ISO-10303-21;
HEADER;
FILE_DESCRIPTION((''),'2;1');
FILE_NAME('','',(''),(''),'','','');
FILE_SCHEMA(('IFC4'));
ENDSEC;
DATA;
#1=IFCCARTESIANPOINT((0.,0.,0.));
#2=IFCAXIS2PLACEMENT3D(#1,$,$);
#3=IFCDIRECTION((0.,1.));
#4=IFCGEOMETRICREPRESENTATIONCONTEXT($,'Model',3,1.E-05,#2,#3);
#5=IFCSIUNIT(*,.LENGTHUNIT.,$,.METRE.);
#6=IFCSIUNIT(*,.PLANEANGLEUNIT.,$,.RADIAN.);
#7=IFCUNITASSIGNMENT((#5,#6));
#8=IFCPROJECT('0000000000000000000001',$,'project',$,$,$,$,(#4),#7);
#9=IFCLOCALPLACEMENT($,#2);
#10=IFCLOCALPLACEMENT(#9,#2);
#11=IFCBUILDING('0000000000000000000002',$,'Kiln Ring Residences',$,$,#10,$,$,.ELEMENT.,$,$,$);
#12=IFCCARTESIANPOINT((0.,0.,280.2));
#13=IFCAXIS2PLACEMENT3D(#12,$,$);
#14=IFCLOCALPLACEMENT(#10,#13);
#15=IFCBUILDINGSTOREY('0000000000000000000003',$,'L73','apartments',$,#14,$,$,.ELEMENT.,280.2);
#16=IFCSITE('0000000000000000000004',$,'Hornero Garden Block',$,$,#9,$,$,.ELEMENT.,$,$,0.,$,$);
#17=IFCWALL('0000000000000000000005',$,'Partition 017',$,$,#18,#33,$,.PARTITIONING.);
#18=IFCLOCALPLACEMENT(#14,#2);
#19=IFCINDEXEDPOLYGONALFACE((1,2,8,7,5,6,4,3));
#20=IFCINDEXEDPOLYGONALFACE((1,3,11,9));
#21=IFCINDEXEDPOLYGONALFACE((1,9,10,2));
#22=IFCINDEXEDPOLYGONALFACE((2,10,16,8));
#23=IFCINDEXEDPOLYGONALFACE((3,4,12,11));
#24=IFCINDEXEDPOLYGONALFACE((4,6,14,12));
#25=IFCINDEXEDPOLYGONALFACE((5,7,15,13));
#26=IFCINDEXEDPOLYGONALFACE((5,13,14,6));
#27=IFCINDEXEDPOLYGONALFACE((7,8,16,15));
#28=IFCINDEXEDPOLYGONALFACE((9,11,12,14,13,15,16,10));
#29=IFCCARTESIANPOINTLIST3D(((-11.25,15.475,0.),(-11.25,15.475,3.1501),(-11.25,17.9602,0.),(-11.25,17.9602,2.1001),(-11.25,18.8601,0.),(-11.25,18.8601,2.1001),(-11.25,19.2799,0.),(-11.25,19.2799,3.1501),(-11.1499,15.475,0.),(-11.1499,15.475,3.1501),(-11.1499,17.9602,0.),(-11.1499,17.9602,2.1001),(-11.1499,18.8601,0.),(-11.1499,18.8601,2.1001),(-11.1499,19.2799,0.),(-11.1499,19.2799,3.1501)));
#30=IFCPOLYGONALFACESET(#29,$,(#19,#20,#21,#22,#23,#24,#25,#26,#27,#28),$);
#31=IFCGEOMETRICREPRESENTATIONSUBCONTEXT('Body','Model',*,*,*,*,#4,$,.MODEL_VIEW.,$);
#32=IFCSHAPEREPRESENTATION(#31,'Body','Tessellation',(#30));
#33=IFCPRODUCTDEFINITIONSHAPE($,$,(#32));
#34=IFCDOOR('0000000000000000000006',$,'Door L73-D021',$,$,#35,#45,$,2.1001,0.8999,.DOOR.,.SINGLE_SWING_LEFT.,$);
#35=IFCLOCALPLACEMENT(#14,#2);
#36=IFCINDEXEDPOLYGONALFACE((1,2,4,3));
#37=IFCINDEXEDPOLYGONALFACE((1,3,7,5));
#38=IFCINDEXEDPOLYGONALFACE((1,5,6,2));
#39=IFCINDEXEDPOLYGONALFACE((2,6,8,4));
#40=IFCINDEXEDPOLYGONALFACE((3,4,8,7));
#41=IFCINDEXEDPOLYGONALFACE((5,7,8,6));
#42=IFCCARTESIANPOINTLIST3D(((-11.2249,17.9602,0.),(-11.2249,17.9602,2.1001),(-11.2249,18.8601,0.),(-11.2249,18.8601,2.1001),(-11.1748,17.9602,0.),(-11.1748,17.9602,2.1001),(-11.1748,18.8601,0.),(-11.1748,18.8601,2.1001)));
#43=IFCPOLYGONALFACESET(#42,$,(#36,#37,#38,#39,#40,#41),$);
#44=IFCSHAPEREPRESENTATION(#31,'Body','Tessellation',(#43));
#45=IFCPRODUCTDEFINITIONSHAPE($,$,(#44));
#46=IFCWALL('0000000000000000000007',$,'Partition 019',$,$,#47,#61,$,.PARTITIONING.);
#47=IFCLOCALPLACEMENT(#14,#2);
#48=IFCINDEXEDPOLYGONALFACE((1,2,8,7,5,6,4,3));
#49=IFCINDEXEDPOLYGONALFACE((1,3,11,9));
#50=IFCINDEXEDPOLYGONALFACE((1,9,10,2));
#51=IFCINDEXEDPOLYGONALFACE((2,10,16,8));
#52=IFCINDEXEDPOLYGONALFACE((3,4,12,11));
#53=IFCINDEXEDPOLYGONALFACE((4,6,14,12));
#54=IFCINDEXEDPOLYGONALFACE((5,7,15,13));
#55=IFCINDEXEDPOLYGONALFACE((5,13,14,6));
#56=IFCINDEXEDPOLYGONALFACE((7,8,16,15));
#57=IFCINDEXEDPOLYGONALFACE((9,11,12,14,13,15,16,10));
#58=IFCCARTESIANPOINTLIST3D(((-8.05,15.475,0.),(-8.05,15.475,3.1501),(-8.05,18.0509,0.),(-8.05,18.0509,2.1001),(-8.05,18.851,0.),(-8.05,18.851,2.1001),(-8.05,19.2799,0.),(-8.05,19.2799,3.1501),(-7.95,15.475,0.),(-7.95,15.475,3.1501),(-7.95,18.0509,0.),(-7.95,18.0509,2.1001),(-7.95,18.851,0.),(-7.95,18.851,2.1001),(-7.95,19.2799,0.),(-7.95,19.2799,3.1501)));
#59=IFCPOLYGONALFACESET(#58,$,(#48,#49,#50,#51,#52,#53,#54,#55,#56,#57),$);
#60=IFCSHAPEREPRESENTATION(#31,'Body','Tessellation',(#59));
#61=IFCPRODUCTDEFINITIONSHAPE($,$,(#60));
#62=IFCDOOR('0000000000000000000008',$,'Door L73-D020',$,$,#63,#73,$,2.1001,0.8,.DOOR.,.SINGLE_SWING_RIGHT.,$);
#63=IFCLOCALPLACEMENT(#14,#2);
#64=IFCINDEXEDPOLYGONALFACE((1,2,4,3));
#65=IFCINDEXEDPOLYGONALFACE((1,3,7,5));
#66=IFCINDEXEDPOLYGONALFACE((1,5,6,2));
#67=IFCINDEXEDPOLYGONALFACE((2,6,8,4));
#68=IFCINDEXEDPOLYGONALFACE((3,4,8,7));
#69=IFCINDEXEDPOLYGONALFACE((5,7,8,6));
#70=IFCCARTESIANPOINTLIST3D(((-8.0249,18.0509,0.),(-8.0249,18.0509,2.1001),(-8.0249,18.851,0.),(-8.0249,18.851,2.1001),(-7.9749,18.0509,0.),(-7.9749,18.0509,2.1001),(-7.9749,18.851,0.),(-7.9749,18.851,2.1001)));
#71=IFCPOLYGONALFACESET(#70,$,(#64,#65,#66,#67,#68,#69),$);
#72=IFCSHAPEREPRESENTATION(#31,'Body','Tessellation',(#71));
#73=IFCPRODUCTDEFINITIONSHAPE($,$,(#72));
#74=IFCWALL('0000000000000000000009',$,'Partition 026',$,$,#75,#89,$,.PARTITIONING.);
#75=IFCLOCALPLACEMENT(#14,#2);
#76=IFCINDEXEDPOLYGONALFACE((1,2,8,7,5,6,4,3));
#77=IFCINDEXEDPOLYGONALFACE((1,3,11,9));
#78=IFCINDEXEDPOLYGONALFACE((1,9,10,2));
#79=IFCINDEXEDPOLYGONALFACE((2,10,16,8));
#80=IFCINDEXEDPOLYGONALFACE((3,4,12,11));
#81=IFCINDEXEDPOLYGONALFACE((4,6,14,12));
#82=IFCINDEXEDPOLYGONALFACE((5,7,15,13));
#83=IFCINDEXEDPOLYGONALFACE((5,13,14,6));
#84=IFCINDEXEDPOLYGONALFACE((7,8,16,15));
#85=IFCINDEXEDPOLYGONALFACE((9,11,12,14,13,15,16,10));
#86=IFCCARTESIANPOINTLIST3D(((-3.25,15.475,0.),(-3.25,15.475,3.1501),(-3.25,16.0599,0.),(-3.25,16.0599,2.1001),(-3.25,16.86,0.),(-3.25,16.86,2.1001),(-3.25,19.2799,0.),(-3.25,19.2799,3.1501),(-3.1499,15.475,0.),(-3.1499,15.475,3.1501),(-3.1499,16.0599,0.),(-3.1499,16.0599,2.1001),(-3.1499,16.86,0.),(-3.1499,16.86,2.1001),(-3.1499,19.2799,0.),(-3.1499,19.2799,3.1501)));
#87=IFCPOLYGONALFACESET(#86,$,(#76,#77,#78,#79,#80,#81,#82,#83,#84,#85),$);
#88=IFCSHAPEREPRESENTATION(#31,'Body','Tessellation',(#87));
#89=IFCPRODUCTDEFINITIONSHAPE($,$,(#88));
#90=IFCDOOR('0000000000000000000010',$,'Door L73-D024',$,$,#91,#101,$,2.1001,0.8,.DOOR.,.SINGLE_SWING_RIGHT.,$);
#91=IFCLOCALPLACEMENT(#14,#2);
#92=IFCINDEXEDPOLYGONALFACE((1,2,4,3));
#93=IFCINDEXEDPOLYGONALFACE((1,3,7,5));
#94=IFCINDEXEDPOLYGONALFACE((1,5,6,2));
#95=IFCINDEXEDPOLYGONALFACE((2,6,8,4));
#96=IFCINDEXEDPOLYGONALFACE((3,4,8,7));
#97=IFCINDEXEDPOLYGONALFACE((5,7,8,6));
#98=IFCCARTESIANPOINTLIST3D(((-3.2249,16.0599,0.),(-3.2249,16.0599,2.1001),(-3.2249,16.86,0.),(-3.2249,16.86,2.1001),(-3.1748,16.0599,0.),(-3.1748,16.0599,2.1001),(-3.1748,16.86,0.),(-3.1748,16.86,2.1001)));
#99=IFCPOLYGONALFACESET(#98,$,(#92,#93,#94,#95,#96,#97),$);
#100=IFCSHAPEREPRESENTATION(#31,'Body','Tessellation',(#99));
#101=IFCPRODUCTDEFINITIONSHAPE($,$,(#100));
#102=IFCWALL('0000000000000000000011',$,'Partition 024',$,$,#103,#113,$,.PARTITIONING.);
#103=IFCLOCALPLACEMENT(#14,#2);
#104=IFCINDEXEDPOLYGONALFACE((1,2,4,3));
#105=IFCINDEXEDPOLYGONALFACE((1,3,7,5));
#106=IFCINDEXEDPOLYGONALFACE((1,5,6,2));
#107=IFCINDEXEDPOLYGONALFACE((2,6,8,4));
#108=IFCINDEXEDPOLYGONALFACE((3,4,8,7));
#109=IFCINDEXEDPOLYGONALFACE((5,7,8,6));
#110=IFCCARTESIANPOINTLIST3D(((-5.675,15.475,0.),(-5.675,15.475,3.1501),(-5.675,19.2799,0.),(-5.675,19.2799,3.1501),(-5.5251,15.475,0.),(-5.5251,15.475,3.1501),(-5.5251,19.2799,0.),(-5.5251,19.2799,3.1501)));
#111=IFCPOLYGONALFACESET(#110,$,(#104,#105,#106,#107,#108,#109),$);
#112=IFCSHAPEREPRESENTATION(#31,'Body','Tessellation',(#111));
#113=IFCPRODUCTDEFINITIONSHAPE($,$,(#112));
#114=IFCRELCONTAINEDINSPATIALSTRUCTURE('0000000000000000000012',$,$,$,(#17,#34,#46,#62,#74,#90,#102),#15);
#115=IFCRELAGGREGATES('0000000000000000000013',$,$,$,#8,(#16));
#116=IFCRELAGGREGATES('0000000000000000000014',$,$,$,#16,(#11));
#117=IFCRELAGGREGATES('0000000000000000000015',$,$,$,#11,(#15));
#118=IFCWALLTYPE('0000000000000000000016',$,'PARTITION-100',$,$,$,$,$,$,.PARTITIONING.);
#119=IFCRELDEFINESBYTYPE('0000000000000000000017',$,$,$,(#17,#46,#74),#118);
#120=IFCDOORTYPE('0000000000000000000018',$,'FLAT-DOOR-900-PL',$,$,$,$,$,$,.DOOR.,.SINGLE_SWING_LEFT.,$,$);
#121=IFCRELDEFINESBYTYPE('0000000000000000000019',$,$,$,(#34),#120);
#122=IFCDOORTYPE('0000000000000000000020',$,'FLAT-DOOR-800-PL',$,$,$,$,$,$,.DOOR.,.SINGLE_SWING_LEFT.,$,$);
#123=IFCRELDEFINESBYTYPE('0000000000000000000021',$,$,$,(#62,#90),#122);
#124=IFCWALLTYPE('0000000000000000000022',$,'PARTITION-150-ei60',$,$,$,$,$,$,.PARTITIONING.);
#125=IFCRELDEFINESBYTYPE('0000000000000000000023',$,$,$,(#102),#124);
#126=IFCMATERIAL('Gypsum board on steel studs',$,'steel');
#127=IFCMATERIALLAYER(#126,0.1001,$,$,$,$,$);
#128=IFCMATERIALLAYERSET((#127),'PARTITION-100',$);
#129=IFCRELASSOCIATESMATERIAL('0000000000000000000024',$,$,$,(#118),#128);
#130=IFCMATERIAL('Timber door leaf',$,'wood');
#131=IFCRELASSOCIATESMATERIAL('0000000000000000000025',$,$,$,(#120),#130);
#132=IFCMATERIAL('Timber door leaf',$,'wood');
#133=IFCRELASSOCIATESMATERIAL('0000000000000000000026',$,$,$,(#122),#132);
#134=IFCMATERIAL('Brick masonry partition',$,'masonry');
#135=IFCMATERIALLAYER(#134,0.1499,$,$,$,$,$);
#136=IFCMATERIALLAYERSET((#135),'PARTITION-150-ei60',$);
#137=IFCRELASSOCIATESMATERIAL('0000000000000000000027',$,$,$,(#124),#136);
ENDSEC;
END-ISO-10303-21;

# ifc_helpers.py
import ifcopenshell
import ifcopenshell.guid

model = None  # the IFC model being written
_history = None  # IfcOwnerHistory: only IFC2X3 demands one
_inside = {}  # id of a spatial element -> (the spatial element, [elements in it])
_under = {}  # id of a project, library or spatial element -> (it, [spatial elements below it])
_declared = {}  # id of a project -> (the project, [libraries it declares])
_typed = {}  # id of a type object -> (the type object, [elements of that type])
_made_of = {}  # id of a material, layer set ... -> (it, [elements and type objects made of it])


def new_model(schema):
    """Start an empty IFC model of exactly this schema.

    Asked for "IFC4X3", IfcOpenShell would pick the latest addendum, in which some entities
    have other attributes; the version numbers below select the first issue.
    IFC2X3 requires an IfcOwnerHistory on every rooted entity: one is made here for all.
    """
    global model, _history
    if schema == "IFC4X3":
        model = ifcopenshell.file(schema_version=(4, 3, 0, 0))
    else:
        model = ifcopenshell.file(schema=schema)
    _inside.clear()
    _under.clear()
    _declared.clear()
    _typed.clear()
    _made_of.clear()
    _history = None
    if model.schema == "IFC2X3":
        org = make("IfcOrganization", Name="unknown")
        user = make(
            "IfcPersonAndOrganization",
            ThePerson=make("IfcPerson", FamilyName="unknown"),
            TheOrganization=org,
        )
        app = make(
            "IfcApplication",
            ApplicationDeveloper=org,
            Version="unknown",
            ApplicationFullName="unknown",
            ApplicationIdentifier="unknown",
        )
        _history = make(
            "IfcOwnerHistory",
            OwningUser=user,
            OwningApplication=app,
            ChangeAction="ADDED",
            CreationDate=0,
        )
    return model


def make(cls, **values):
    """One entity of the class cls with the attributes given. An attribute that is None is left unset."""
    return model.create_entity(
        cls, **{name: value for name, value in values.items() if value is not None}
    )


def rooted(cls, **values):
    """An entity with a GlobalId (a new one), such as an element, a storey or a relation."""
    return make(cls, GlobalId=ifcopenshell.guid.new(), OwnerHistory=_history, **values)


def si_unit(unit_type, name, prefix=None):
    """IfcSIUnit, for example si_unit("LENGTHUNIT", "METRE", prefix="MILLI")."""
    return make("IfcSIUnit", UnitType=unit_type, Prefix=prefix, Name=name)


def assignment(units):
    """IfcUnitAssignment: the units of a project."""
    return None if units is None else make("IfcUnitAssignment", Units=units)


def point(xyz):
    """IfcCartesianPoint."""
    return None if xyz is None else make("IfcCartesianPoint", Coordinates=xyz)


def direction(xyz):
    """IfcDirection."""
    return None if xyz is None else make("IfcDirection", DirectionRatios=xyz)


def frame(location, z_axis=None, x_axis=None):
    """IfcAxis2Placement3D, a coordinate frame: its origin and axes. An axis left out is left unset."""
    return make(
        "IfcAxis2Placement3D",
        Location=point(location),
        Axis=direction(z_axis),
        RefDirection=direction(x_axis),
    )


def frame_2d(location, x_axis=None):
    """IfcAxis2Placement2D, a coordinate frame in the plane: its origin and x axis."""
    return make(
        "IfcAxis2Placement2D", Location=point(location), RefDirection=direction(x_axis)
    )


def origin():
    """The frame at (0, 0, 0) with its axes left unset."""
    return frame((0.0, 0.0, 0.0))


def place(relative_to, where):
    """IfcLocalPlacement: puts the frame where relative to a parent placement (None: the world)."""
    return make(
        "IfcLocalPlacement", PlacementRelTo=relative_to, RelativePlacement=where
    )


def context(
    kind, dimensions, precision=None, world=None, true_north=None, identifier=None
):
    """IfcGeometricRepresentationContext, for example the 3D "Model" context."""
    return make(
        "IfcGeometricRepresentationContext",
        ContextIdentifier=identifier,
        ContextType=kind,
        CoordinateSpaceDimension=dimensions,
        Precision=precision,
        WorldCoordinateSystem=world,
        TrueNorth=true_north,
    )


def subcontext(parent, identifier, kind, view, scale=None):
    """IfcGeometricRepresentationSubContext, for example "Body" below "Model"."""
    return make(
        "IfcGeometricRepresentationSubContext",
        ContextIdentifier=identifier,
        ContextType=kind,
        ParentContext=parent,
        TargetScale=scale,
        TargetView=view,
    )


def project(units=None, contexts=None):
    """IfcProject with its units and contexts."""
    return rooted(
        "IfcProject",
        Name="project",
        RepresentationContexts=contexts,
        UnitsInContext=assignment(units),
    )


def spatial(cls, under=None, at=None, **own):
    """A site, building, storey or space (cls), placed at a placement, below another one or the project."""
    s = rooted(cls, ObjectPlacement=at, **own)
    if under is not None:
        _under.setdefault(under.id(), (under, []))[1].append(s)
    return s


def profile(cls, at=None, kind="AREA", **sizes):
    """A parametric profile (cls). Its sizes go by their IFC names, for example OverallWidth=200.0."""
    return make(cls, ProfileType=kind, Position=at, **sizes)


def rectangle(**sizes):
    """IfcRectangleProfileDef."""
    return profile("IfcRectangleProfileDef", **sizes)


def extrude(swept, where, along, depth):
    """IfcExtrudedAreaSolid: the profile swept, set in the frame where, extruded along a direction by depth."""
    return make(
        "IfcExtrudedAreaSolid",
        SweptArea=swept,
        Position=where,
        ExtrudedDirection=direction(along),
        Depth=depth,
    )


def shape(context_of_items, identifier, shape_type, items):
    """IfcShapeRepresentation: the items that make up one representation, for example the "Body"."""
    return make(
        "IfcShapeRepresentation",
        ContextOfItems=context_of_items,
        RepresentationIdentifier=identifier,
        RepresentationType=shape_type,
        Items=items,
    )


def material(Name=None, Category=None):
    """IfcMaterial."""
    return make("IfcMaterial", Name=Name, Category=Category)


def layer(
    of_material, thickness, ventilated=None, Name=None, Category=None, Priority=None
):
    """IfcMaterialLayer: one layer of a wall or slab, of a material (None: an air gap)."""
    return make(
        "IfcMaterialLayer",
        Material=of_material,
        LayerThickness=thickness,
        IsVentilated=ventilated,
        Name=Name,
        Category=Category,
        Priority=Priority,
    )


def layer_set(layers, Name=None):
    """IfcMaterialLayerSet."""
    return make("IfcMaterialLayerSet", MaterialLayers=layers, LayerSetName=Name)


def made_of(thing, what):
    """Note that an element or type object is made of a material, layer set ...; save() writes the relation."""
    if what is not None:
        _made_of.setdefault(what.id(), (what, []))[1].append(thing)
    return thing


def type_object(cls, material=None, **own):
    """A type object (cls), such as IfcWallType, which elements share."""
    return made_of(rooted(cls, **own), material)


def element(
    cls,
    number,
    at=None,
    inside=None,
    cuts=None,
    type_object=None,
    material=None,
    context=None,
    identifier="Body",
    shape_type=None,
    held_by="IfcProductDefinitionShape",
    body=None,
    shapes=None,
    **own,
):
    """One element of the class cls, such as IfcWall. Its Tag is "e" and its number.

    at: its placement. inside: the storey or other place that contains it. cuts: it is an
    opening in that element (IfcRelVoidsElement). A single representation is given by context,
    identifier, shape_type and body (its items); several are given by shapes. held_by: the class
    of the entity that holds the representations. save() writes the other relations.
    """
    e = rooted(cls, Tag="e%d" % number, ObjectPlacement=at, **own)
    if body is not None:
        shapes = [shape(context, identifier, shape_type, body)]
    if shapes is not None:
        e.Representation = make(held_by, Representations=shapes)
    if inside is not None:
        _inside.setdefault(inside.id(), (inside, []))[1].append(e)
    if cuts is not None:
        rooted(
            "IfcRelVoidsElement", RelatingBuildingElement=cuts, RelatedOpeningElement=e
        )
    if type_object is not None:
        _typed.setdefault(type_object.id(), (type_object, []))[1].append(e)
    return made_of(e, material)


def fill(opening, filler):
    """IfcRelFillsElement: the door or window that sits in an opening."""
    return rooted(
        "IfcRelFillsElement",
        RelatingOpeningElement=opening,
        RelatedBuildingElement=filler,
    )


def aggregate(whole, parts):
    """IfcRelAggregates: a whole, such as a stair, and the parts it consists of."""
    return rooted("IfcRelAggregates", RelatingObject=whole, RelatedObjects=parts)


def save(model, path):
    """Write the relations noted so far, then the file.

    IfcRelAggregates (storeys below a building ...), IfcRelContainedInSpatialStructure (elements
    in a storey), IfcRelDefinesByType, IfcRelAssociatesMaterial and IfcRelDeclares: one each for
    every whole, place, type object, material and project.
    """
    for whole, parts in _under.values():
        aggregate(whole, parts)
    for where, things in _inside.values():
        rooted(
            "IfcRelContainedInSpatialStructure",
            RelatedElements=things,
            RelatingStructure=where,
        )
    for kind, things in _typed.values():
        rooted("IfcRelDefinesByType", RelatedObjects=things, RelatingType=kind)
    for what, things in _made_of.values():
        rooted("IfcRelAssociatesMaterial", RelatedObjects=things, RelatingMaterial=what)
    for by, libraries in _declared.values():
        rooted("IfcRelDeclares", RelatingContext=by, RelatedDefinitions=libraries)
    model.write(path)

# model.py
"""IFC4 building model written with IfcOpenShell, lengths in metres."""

from ifc_helpers import new_model, si_unit, direction, frame, frame_2d, origin, place, context, subcontext, project, spatial, rectangle, extrude, material, layer, layer_set, type_object, element, fill, save


model = new_model("IFC4")

# Units and contexts
model_context = context("Model", 3, precision=1e-05, world=origin(), true_north=direction((0.0, 1.0)))
body_context = subcontext(model_context, "Body", "Model", "MODEL_VIEW")
ifc_project = project(units=[si_unit("LENGTHUNIT", "METRE"), si_unit("PLANEANGLEUNIT", "RADIAN")], contexts=[model_context])

# Site, building, storey
site_placement = place(None, origin())
site = spatial("IfcSite", under=ifc_project, at=site_placement, Name="Hornero Garden Block", CompositionType="ELEMENT", RefElevation=0.0)
building_placement = place(site_placement, origin())
building = spatial("IfcBuilding", under=site, at=building_placement, Name="Kiln Ring Residences", CompositionType="ELEMENT")
storey_placement = place(building_placement, frame((0.0, 0.0, 280.2)))
storey = spatial("IfcBuildingStorey", under=building, at=storey_placement, Name="L73", Description="apartments", CompositionType="ELEMENT", Elevation=280.2)

# Walls, openings, doors
ifc_material_1 = material(Name="Gypsum board on steel studs", Category="steel")
ifc_layer_1 = layer(ifc_material_1, 0.1001)
ifc_layer_set_1 = layer_set([ifc_layer_1], Name="PARTITION-100")
wall_type_1 = type_object("IfcWallType", Name="PARTITION-100", PredefinedType="PARTITIONING", material=ifc_layer_set_1)
ifc_material_2 = material(Name="Timber door leaf", Category="wood")
door_type_1 = type_object("IfcDoorType", Name="FLAT-DOOR-900-PL", OperationType="SINGLE_SWING_LEFT", PredefinedType="DOOR", material=ifc_material_2)
wall_1_placement = place(storey_placement, frame((-11.2, 15.4751, 0.0), z_axis=(0.0, 0.0, 1.0), x_axis=(0.0, 1.0, 0.0)))
wall_1 = element("IfcWall", 1, at=wall_1_placement, inside=storey, type_object=wall_type_1, Name="Partition 017", PredefinedType="PARTITIONING", context=body_context, shape_type="SweptSolid", body=[
    extrude(rectangle(XDim=3.8049, YDim=0.1001, at=frame_2d((1.9023, 0.0))), origin(), (0.0, 0.0, 1.0), 3.1501),
])
opening_1_placement = place(wall_1_placement, frame((2.4851, 0.0, 0.0)))
opening_1 = element("IfcOpeningElement", 2, at=opening_1_placement, cuts=wall_1, PredefinedType="OPENING", context=body_context, shape_type="SweptSolid", body=[
    extrude(rectangle(XDim=0.8999, YDim=2.1001, at=frame_2d((0.45, 1.05))), frame((0.0, 0.0601, 0.0), z_axis=(0.0, -1.0, 0.0), x_axis=(1.0, 0.0, 0.0)), (0.0, 0.0, 1.0), 0.1201),
])
door_1_placement = place(opening_1_placement, origin())
door_1 = element("IfcDoor", 3, at=door_1_placement, inside=storey, type_object=door_type_1, Name="Door L73-D021", OperationType="SINGLE_SWING_LEFT", OverallHeight=2.1001, OverallWidth=0.8999, PredefinedType="DOOR", context=body_context, shape_type="SweptSolid", body=[
    extrude(rectangle(XDim=0.8999, YDim=2.1001, at=frame_2d((0.45, 1.05))), frame((0.0, 0.0249, 0.0), z_axis=(0.0, -1.0, 0.0), x_axis=(1.0, 0.0, 0.0)), (0.0, 0.0, 1.0), 0.05),
])
fill(opening_1, door_1)
wall_2_placement = place(storey_placement, frame((-8.0, 15.4751, 0.0), z_axis=(0.0, 0.0, 1.0), x_axis=(0.0, 1.0, 0.0)))
wall_2 = element("IfcWall", 4, at=wall_2_placement, inside=storey, type_object=wall_type_1, Name="Partition 019", PredefinedType="PARTITIONING", context=body_context, shape_type="SweptSolid", body=[
    extrude(rectangle(XDim=3.8049, YDim=0.1001, at=frame_2d((1.9023, 0.0))), origin(), (0.0, 0.0, 1.0), 3.1501),
])
opening_2_placement = place(wall_2_placement, frame((2.5759, 0.0, 0.0)))
opening_2 = element("IfcOpeningElement", 5, at=opening_2_placement, cuts=wall_2, PredefinedType="OPENING", context=body_context, shape_type="SweptSolid", body=[
    extrude(rectangle(XDim=0.8, YDim=2.1001, at=frame_2d((0.3999, 1.05))), frame((0.0, 0.0601, 0.0), z_axis=(0.0, -1.0, 0.0), x_axis=(1.0, 0.0, 0.0)), (0.0, 0.0, 1.0), 0.1201),
])
ifc_material_3 = material(Name="Timber door leaf", Category="wood")
door_type_2 = type_object("IfcDoorType", Name="FLAT-DOOR-800-PL", OperationType="SINGLE_SWING_LEFT", PredefinedType="DOOR", material=ifc_material_3)
door_2_placement = place(opening_2_placement, origin())
door_2 = element("IfcDoor", 6, at=door_2_placement, inside=storey, type_object=door_type_2, Name="Door L73-D020", OperationType="SINGLE_SWING_RIGHT", OverallHeight=2.1001, OverallWidth=0.8, PredefinedType="DOOR", context=body_context, shape_type="SweptSolid", body=[
    extrude(rectangle(XDim=0.8, YDim=2.1001, at=frame_2d((0.3999, 1.05))), frame((0.0, 0.0249, 0.0), z_axis=(0.0, -1.0, 0.0), x_axis=(1.0, 0.0, 0.0)), (0.0, 0.0, 1.0), 0.05),
])
fill(opening_2, door_2)
wall_3_placement = place(storey_placement, frame((-3.2, 15.4751, 0.0), z_axis=(0.0, 0.0, 1.0), x_axis=(0.0, 1.0, 0.0)))
wall_3 = element("IfcWall", 7, at=wall_3_placement, inside=storey, type_object=wall_type_1, Name="Partition 026", PredefinedType="PARTITIONING", context=body_context, shape_type="SweptSolid", body=[
    extrude(rectangle(XDim=3.8049, YDim=0.1001, at=frame_2d((1.9023, 0.0))), origin(), (0.0, 0.0, 1.0), 3.1501),
])
opening_3_placement = place(wall_3_placement, frame((0.585, 0.0, 0.0)))
opening_3 = element("IfcOpeningElement", 8, at=opening_3_placement, cuts=wall_3, PredefinedType="OPENING", context=body_context, shape_type="SweptSolid", body=[
    extrude(rectangle(XDim=0.8, YDim=2.1001, at=frame_2d((0.3999, 1.05))), frame((0.0, 0.0601, 0.0), z_axis=(0.0, -1.0, 0.0), x_axis=(1.0, 0.0, 0.0)), (0.0, 0.0, 1.0), 0.1201),
])
door_3_placement = place(opening_3_placement, origin())
door_3 = element("IfcDoor", 9, at=door_3_placement, inside=storey, type_object=door_type_2, Name="Door L73-D024", OperationType="SINGLE_SWING_RIGHT", OverallHeight=2.1001, OverallWidth=0.8, PredefinedType="DOOR", context=body_context, shape_type="SweptSolid", body=[
    extrude(rectangle(XDim=0.8, YDim=2.1001, at=frame_2d((0.3999, 1.05))), frame((0.0, 0.0249, 0.0), z_axis=(0.0, -1.0, 0.0), x_axis=(1.0, 0.0, 0.0)), (0.0, 0.0, 1.0), 0.05),
])
fill(opening_3, door_3)

# Wall
ifc_material_4 = material(Name="Brick masonry partition", Category="masonry")
ifc_layer_2 = layer(ifc_material_4, 0.1499)
ifc_layer_set_2 = layer_set([ifc_layer_2], Name="PARTITION-150-ei60")
wall_type_2 = type_object("IfcWallType", Name="PARTITION-150-ei60", PredefinedType="PARTITIONING", material=ifc_layer_set_2)
wall_4_placement = place(storey_placement, frame((-5.6001, 15.4751, 0.0), z_axis=(0.0, 0.0, 1.0), x_axis=(0.0, 1.0, 0.0)))
element("IfcWall", 10, at=wall_4_placement, inside=storey, type_object=wall_type_2, Name="Partition 024", PredefinedType="PARTITIONING", context=body_context, shape_type="SweptSolid", body=[
    extrude(rectangle(XDim=3.8049, YDim=0.1499, at=frame_2d((1.9023, 0.0))), origin(), (0.0, 0.0, 1.0), 3.1501),
])

save(model, "model.ifc")
